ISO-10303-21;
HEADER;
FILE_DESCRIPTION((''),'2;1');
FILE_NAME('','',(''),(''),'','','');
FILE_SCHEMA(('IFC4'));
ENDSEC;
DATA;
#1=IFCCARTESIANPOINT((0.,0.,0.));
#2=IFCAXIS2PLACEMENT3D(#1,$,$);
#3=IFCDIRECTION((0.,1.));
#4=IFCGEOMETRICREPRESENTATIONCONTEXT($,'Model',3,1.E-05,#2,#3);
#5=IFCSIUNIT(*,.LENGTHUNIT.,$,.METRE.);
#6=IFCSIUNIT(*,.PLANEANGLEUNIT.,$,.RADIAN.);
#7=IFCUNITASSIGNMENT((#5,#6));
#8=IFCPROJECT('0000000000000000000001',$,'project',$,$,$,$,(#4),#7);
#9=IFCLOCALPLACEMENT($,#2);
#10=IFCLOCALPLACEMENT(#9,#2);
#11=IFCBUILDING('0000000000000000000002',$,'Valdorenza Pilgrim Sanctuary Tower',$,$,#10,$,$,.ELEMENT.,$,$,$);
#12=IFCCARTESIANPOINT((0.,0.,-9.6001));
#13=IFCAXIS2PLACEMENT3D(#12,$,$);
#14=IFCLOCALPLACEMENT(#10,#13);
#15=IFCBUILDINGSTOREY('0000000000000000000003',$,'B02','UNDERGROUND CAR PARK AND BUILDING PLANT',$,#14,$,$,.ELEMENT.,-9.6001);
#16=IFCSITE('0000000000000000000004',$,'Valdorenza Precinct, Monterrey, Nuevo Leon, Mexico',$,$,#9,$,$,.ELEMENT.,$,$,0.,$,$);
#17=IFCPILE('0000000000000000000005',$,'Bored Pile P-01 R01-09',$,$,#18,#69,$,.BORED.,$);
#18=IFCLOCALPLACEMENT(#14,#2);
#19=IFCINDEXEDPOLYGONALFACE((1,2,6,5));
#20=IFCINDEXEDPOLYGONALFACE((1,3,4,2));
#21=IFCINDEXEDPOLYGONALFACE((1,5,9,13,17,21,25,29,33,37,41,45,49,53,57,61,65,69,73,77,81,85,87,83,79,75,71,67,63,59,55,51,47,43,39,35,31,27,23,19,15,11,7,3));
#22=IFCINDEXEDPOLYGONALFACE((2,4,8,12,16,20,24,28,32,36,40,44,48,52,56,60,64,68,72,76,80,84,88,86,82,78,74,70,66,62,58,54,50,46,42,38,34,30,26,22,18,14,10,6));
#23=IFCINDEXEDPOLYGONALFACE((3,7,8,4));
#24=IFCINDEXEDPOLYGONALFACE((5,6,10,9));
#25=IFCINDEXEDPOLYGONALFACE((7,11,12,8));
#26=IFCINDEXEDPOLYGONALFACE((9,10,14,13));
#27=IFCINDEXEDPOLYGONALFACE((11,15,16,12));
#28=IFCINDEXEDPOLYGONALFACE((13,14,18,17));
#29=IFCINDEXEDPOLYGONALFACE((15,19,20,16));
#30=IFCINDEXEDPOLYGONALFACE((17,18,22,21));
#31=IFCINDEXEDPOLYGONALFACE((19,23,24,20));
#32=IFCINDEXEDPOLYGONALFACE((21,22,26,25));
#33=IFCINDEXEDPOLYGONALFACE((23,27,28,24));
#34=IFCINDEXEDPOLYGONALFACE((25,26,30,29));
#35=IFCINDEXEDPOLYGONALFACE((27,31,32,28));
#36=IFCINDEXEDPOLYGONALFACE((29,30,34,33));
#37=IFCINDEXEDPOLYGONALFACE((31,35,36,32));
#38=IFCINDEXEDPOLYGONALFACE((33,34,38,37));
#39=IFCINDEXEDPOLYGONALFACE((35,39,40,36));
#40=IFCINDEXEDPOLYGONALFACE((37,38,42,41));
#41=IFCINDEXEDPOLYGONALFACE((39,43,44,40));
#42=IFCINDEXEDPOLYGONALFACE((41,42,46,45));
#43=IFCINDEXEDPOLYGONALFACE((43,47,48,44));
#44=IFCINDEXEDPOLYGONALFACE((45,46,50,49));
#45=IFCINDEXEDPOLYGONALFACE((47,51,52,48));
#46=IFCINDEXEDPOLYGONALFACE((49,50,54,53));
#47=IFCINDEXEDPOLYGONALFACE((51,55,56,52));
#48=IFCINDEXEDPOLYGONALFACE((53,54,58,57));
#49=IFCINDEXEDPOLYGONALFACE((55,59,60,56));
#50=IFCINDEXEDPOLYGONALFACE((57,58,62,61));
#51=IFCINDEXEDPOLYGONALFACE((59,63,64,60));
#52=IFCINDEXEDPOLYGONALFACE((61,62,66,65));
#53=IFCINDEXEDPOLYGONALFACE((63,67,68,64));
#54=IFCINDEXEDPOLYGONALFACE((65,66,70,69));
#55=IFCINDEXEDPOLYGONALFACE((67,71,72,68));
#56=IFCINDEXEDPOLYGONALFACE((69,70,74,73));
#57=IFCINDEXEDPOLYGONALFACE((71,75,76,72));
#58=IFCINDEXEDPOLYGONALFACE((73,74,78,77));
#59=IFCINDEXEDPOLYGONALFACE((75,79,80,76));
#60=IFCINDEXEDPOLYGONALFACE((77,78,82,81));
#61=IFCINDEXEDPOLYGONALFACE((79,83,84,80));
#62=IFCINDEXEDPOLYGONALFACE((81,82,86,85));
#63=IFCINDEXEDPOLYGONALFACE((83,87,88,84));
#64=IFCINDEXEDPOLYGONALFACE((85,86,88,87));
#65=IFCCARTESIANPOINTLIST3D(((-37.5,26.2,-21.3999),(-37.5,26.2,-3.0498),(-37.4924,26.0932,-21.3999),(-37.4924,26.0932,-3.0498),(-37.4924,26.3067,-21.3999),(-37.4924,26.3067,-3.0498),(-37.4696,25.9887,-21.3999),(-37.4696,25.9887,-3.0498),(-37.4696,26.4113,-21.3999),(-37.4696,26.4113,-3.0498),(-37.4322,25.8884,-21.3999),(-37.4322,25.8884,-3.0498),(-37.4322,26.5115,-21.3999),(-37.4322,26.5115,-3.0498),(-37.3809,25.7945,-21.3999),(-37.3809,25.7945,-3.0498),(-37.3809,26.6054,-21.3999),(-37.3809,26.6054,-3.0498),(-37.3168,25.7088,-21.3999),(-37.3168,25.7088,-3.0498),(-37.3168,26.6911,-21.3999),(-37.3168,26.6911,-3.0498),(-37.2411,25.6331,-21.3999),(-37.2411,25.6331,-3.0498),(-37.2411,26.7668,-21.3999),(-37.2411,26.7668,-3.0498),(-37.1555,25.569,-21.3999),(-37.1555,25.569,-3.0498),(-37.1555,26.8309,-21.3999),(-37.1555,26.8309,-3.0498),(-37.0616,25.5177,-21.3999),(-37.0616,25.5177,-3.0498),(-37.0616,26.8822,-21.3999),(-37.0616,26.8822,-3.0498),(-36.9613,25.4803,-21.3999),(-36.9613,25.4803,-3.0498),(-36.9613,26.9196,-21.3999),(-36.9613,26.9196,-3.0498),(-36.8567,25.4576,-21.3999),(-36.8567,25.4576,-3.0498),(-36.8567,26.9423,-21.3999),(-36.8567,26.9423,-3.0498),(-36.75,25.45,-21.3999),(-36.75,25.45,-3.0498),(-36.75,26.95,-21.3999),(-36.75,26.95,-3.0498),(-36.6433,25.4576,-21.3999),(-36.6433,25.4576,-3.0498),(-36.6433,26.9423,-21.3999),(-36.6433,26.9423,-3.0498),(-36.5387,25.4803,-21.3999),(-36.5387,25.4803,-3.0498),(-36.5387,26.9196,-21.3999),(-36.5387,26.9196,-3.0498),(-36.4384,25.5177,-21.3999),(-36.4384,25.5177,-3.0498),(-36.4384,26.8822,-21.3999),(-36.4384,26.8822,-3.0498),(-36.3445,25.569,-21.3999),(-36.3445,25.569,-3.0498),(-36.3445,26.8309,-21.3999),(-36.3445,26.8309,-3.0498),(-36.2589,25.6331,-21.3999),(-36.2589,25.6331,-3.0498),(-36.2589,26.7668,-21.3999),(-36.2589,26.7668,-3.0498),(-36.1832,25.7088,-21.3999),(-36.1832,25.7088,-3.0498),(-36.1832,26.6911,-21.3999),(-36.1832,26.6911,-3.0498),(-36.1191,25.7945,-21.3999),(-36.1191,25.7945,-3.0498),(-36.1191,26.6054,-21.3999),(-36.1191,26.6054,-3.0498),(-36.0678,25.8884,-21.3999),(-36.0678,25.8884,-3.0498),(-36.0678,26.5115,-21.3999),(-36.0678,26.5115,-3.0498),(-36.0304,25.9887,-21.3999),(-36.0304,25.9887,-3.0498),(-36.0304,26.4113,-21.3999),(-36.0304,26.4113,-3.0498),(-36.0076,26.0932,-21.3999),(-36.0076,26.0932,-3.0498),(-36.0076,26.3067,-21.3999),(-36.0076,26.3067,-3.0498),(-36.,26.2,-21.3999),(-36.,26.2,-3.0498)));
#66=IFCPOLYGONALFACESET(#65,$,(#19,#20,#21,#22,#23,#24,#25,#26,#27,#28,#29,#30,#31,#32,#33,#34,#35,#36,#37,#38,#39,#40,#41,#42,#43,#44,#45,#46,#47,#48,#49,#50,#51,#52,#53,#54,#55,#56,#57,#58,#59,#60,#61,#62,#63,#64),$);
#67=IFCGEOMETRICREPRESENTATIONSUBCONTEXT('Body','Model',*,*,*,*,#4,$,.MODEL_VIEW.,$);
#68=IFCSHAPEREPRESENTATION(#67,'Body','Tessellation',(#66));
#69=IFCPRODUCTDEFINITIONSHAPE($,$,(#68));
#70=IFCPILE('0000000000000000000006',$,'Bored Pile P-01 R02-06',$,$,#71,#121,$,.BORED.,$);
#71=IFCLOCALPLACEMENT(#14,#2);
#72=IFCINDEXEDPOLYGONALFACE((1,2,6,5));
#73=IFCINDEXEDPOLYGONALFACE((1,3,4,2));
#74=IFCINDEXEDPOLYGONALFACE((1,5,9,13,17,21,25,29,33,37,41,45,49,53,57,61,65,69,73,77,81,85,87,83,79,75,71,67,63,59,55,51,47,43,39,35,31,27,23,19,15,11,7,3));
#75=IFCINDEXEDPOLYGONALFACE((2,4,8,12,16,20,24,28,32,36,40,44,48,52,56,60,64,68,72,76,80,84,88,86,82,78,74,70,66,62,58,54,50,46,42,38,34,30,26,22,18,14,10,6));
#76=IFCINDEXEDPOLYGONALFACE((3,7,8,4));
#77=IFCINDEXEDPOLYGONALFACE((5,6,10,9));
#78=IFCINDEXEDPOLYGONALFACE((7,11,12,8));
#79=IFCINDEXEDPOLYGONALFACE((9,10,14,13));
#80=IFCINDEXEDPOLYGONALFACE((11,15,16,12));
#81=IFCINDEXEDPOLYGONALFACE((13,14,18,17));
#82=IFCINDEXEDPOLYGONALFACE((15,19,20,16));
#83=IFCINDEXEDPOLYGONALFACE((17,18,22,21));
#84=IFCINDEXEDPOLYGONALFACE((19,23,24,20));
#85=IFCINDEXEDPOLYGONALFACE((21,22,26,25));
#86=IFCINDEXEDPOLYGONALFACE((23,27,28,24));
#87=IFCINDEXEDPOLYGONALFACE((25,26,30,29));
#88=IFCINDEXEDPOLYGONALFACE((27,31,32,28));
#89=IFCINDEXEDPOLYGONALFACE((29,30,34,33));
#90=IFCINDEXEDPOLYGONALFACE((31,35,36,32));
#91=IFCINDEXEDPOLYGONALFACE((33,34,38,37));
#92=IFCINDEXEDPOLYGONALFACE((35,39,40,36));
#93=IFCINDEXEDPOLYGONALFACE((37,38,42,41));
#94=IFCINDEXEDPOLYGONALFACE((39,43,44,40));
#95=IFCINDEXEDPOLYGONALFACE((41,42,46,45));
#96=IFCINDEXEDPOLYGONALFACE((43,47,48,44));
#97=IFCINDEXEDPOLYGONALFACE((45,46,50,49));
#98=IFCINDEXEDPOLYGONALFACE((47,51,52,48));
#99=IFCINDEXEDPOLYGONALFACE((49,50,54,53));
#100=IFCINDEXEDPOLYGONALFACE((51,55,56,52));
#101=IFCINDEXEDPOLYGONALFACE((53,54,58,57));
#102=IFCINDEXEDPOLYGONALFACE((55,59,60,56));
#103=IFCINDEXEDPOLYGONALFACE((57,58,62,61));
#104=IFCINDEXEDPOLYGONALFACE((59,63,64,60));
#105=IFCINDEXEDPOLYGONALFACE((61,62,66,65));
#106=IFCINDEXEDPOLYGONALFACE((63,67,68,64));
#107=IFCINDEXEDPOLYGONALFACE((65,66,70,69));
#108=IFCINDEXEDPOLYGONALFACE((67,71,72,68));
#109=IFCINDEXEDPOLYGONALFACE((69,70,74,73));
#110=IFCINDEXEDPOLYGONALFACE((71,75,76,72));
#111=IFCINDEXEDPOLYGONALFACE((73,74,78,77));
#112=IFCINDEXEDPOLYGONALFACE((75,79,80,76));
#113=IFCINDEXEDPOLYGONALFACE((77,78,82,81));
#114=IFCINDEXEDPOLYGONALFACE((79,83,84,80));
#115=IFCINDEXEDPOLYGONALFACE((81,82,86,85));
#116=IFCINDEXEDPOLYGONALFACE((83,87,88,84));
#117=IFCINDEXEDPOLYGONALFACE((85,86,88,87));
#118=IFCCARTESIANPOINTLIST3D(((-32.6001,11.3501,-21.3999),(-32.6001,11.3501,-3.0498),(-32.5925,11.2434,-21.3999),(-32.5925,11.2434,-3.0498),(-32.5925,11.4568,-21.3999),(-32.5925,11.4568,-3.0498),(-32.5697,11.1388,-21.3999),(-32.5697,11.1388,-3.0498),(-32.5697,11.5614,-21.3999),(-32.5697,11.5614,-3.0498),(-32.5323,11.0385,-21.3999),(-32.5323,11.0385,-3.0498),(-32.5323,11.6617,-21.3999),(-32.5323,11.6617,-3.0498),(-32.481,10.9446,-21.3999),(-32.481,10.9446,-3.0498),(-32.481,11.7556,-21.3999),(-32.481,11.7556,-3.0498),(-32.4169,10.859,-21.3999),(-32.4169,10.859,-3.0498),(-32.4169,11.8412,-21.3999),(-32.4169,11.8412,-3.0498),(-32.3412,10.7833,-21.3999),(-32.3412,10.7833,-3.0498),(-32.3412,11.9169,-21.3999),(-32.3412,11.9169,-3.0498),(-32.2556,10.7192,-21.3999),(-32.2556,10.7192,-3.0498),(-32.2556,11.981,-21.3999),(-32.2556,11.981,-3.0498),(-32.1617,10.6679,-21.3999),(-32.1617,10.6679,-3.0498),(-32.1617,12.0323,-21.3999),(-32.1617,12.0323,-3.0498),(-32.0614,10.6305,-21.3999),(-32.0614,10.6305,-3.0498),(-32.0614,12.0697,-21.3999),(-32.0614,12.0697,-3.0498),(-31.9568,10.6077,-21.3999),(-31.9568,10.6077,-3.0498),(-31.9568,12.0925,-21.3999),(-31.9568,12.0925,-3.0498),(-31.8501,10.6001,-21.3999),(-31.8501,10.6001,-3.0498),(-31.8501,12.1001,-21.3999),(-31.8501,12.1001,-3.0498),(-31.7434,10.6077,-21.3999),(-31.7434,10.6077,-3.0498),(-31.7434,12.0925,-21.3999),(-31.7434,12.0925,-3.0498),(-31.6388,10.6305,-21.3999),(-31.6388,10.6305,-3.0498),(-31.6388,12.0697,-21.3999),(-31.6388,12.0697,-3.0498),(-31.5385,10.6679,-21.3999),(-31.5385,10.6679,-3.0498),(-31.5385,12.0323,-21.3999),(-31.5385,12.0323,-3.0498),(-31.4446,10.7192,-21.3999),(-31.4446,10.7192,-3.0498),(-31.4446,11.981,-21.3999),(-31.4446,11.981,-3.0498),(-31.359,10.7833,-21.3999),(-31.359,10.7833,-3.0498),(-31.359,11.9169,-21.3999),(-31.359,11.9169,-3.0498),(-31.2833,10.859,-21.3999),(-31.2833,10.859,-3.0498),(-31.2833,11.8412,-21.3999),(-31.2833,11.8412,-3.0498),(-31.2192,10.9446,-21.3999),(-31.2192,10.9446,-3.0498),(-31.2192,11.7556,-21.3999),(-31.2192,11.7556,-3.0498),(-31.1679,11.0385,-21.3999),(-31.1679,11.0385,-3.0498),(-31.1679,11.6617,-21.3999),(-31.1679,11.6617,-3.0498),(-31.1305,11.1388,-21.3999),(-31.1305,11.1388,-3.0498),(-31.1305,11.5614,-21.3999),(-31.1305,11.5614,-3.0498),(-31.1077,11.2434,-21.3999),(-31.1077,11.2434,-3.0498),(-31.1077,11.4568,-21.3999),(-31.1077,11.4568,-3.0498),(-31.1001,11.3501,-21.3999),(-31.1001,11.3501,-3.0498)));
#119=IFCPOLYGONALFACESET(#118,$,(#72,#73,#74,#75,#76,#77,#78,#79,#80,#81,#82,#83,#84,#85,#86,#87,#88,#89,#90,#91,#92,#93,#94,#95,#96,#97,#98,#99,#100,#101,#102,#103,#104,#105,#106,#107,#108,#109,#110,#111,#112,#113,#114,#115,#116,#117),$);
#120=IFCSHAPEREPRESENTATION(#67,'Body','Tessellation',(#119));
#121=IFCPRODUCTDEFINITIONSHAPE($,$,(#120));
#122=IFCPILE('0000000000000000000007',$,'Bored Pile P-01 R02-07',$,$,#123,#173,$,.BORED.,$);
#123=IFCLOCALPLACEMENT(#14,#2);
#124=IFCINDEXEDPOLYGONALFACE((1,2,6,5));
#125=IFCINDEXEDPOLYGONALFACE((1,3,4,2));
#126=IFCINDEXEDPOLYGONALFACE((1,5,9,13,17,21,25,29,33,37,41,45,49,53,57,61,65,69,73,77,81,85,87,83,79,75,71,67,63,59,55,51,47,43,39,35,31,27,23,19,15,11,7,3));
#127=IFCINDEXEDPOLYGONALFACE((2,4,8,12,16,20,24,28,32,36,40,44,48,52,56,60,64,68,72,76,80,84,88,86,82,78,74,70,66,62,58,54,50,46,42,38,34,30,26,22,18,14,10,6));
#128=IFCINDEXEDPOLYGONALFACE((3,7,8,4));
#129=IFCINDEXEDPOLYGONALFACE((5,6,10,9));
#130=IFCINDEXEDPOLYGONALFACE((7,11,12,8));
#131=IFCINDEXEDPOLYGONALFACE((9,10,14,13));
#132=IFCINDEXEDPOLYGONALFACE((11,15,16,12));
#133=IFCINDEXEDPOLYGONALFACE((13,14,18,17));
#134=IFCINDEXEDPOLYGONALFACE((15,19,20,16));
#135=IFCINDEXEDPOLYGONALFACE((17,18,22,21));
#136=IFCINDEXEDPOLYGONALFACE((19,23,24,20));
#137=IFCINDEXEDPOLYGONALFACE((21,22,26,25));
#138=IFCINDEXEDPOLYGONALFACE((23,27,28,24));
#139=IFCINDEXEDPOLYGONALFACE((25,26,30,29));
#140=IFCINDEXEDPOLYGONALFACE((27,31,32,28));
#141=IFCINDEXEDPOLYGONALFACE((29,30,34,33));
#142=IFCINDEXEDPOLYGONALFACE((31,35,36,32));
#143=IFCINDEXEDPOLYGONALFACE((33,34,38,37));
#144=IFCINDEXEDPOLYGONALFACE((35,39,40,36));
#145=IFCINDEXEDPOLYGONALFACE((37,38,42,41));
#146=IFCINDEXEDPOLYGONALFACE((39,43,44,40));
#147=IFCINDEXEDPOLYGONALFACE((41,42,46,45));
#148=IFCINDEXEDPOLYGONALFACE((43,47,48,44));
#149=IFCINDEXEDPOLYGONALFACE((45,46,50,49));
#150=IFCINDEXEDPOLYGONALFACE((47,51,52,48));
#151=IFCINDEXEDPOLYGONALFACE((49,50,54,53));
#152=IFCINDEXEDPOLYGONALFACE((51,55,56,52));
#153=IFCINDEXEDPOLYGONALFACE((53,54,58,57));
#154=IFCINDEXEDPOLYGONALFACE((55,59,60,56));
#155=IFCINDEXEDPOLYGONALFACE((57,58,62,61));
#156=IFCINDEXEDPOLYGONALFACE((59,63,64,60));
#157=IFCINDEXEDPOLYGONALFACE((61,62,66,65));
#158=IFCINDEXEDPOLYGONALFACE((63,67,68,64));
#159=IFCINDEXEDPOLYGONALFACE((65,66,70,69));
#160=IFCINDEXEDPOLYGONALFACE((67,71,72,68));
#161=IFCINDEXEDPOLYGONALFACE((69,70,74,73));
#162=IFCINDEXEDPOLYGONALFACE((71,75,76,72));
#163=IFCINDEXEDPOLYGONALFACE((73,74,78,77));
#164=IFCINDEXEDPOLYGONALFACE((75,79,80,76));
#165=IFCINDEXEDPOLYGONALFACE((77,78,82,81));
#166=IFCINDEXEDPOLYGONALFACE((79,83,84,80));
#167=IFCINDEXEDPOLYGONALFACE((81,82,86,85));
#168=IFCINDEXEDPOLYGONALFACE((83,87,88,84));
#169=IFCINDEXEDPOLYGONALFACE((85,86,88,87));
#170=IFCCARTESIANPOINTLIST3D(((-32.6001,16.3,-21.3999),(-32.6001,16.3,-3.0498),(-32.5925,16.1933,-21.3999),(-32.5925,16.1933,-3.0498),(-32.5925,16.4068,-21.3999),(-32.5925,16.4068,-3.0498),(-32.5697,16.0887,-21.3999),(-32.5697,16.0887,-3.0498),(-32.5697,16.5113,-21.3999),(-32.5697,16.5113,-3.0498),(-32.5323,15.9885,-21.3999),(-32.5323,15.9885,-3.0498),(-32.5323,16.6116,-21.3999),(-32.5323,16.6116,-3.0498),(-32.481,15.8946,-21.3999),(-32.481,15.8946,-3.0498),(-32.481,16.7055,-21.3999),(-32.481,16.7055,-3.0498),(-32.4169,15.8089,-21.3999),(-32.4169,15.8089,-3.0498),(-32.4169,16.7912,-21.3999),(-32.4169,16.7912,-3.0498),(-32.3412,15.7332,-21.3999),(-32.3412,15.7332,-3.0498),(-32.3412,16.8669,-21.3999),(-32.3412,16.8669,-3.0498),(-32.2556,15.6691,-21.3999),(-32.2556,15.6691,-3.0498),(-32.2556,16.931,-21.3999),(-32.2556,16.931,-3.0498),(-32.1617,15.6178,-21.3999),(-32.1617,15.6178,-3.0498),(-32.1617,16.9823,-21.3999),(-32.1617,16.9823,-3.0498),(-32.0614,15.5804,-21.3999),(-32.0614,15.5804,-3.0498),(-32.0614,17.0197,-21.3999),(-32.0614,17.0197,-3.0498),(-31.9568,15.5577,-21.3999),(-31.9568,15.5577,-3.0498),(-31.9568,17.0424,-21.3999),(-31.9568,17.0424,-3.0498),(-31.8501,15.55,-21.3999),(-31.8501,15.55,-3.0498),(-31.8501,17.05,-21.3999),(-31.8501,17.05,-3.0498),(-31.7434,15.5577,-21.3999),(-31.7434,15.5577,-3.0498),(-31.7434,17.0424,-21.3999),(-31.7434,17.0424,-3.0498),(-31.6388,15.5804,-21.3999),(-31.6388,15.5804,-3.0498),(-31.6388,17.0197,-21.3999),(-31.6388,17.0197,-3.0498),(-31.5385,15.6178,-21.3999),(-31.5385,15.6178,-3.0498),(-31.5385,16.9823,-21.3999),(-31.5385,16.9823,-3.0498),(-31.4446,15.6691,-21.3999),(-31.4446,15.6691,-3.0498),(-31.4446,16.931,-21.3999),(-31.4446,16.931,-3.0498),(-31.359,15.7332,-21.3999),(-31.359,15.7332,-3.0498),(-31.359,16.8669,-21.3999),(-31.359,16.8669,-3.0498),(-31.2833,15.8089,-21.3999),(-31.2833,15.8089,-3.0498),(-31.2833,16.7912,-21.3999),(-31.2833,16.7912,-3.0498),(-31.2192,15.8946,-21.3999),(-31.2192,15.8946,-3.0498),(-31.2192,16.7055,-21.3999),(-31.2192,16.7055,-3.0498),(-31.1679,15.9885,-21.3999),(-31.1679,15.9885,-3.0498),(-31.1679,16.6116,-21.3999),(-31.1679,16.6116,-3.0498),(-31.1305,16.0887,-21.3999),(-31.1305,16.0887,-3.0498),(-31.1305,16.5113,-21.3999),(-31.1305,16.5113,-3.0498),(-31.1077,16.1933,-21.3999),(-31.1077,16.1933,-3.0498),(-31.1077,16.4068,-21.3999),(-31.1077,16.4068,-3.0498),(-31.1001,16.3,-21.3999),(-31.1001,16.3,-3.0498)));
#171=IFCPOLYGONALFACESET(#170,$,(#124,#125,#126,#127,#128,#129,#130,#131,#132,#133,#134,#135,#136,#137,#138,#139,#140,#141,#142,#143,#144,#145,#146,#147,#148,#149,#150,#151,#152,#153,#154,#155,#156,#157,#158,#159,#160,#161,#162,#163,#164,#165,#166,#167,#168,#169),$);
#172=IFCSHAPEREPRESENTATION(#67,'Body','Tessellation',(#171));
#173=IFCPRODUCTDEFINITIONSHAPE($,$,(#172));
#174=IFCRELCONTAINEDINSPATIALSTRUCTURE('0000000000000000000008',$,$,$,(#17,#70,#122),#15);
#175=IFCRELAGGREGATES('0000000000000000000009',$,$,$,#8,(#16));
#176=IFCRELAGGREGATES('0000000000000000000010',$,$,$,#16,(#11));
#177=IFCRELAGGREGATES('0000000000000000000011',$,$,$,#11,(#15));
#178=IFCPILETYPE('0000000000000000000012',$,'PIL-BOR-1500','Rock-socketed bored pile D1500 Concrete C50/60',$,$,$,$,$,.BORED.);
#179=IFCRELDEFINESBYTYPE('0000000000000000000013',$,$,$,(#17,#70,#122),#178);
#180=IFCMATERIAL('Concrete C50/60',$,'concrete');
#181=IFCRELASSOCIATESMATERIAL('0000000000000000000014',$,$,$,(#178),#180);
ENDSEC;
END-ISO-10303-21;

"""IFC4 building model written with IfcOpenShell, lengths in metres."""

from ifc_helpers import new_model, si_unit, direction, frame, origin, origin_2d, place, context, subcontext, project, spatial, circle, extrude, source, transform, mapped, material, material_profile, profile_set, type_object, element, save


model = new_model("IFC4")

# Units and contexts
model_context = context("Model", 3, precision=1e-05, world=origin(), true_north=direction((0.0, 1.0)))
body_context = subcontext(model_context, "Body", "Model", "MODEL_VIEW")
ifc_project = project(units=[si_unit("LENGTHUNIT", "METRE"), si_unit("PLANEANGLEUNIT", "RADIAN")], contexts=[model_context])

# Site, building, storey
site_placement = place(None, origin())
site = spatial("IfcSite", under=ifc_project, at=site_placement, Name="Valdorenza Precinct, Monterrey, Nuevo Leon, Mexico", CompositionType="ELEMENT", RefElevation=0.0)
building_placement = place(site_placement, origin())
building = spatial("IfcBuilding", under=site, at=building_placement, Name="Valdorenza Pilgrim Sanctuary Tower", CompositionType="ELEMENT")
storey_placement = place(building_placement, frame((0.0, 0.0, -9.6001)))
storey = spatial("IfcBuildingStorey", under=building, at=storey_placement, Name="B02", Description="UNDERGROUND CAR PARK AND BUILDING PLANT", CompositionType="ELEMENT", Elevation=-9.6001)

# Piles
ifc_material_1 = material(Name="Concrete C50/60", Category="concrete")
ifc_material_profile_1 = material_profile(ifc_material_1, circle(Radius=0.75, at=origin_2d()), Name="BORED PILE 1500")
ifc_profile_set_1 = profile_set([ifc_material_profile_1], Name="Concrete C50/60")
pile_type = type_object("IfcPileType", Name="PIL-BOR-1500", Description="Rock-socketed bored pile D1500 Concrete C50/60", PredefinedType="BORED", material=ifc_profile_set_1)
shared_shape_1 = source(origin(), body_context, "Body", "SweptSolid", [
    extrude(circle(Radius=0.75, at=origin_2d()), origin(), (0.0, 0.0, 1.0), 18.3501),
])
for number, where, z_axis, x_axis, name in (
    (1, (-36.75, 26.2, -3.0498), (0.0, 0.0, -1.0), (1.0, 0.0, 0.0), "Bored Pile P-01 R01-09"),
    (2, (-31.8501, 11.3501, -3.0498), (0.0, 0.0, -1.0), (1.0, 0.0, 0.0), "Bored Pile P-01 R02-06"),
    (3, (-31.8501, 16.3, -3.0498), (0.0, 0.0, -1.0), (1.0, 0.0, 0.0), "Bored Pile P-01 R02-07"),
):
    element("IfcPile", number, at=place(storey_placement, frame(where, z_axis=z_axis, x_axis=x_axis)), inside=storey, type_object=pile_type, Name=name, PredefinedType="BORED", context=body_context, shape_type="MappedRepresentation", body=[
        mapped(shared_shape_1, transform((0.0, 0.0, 0.0), x_axis=(1.0, 0.0, 0.0), y_axis=(0.0, 1.0, 0.0), z_axis=(0.0, 0.0, 1.0), scale=1.0)),
    ])

save(model, "model.ifc")
